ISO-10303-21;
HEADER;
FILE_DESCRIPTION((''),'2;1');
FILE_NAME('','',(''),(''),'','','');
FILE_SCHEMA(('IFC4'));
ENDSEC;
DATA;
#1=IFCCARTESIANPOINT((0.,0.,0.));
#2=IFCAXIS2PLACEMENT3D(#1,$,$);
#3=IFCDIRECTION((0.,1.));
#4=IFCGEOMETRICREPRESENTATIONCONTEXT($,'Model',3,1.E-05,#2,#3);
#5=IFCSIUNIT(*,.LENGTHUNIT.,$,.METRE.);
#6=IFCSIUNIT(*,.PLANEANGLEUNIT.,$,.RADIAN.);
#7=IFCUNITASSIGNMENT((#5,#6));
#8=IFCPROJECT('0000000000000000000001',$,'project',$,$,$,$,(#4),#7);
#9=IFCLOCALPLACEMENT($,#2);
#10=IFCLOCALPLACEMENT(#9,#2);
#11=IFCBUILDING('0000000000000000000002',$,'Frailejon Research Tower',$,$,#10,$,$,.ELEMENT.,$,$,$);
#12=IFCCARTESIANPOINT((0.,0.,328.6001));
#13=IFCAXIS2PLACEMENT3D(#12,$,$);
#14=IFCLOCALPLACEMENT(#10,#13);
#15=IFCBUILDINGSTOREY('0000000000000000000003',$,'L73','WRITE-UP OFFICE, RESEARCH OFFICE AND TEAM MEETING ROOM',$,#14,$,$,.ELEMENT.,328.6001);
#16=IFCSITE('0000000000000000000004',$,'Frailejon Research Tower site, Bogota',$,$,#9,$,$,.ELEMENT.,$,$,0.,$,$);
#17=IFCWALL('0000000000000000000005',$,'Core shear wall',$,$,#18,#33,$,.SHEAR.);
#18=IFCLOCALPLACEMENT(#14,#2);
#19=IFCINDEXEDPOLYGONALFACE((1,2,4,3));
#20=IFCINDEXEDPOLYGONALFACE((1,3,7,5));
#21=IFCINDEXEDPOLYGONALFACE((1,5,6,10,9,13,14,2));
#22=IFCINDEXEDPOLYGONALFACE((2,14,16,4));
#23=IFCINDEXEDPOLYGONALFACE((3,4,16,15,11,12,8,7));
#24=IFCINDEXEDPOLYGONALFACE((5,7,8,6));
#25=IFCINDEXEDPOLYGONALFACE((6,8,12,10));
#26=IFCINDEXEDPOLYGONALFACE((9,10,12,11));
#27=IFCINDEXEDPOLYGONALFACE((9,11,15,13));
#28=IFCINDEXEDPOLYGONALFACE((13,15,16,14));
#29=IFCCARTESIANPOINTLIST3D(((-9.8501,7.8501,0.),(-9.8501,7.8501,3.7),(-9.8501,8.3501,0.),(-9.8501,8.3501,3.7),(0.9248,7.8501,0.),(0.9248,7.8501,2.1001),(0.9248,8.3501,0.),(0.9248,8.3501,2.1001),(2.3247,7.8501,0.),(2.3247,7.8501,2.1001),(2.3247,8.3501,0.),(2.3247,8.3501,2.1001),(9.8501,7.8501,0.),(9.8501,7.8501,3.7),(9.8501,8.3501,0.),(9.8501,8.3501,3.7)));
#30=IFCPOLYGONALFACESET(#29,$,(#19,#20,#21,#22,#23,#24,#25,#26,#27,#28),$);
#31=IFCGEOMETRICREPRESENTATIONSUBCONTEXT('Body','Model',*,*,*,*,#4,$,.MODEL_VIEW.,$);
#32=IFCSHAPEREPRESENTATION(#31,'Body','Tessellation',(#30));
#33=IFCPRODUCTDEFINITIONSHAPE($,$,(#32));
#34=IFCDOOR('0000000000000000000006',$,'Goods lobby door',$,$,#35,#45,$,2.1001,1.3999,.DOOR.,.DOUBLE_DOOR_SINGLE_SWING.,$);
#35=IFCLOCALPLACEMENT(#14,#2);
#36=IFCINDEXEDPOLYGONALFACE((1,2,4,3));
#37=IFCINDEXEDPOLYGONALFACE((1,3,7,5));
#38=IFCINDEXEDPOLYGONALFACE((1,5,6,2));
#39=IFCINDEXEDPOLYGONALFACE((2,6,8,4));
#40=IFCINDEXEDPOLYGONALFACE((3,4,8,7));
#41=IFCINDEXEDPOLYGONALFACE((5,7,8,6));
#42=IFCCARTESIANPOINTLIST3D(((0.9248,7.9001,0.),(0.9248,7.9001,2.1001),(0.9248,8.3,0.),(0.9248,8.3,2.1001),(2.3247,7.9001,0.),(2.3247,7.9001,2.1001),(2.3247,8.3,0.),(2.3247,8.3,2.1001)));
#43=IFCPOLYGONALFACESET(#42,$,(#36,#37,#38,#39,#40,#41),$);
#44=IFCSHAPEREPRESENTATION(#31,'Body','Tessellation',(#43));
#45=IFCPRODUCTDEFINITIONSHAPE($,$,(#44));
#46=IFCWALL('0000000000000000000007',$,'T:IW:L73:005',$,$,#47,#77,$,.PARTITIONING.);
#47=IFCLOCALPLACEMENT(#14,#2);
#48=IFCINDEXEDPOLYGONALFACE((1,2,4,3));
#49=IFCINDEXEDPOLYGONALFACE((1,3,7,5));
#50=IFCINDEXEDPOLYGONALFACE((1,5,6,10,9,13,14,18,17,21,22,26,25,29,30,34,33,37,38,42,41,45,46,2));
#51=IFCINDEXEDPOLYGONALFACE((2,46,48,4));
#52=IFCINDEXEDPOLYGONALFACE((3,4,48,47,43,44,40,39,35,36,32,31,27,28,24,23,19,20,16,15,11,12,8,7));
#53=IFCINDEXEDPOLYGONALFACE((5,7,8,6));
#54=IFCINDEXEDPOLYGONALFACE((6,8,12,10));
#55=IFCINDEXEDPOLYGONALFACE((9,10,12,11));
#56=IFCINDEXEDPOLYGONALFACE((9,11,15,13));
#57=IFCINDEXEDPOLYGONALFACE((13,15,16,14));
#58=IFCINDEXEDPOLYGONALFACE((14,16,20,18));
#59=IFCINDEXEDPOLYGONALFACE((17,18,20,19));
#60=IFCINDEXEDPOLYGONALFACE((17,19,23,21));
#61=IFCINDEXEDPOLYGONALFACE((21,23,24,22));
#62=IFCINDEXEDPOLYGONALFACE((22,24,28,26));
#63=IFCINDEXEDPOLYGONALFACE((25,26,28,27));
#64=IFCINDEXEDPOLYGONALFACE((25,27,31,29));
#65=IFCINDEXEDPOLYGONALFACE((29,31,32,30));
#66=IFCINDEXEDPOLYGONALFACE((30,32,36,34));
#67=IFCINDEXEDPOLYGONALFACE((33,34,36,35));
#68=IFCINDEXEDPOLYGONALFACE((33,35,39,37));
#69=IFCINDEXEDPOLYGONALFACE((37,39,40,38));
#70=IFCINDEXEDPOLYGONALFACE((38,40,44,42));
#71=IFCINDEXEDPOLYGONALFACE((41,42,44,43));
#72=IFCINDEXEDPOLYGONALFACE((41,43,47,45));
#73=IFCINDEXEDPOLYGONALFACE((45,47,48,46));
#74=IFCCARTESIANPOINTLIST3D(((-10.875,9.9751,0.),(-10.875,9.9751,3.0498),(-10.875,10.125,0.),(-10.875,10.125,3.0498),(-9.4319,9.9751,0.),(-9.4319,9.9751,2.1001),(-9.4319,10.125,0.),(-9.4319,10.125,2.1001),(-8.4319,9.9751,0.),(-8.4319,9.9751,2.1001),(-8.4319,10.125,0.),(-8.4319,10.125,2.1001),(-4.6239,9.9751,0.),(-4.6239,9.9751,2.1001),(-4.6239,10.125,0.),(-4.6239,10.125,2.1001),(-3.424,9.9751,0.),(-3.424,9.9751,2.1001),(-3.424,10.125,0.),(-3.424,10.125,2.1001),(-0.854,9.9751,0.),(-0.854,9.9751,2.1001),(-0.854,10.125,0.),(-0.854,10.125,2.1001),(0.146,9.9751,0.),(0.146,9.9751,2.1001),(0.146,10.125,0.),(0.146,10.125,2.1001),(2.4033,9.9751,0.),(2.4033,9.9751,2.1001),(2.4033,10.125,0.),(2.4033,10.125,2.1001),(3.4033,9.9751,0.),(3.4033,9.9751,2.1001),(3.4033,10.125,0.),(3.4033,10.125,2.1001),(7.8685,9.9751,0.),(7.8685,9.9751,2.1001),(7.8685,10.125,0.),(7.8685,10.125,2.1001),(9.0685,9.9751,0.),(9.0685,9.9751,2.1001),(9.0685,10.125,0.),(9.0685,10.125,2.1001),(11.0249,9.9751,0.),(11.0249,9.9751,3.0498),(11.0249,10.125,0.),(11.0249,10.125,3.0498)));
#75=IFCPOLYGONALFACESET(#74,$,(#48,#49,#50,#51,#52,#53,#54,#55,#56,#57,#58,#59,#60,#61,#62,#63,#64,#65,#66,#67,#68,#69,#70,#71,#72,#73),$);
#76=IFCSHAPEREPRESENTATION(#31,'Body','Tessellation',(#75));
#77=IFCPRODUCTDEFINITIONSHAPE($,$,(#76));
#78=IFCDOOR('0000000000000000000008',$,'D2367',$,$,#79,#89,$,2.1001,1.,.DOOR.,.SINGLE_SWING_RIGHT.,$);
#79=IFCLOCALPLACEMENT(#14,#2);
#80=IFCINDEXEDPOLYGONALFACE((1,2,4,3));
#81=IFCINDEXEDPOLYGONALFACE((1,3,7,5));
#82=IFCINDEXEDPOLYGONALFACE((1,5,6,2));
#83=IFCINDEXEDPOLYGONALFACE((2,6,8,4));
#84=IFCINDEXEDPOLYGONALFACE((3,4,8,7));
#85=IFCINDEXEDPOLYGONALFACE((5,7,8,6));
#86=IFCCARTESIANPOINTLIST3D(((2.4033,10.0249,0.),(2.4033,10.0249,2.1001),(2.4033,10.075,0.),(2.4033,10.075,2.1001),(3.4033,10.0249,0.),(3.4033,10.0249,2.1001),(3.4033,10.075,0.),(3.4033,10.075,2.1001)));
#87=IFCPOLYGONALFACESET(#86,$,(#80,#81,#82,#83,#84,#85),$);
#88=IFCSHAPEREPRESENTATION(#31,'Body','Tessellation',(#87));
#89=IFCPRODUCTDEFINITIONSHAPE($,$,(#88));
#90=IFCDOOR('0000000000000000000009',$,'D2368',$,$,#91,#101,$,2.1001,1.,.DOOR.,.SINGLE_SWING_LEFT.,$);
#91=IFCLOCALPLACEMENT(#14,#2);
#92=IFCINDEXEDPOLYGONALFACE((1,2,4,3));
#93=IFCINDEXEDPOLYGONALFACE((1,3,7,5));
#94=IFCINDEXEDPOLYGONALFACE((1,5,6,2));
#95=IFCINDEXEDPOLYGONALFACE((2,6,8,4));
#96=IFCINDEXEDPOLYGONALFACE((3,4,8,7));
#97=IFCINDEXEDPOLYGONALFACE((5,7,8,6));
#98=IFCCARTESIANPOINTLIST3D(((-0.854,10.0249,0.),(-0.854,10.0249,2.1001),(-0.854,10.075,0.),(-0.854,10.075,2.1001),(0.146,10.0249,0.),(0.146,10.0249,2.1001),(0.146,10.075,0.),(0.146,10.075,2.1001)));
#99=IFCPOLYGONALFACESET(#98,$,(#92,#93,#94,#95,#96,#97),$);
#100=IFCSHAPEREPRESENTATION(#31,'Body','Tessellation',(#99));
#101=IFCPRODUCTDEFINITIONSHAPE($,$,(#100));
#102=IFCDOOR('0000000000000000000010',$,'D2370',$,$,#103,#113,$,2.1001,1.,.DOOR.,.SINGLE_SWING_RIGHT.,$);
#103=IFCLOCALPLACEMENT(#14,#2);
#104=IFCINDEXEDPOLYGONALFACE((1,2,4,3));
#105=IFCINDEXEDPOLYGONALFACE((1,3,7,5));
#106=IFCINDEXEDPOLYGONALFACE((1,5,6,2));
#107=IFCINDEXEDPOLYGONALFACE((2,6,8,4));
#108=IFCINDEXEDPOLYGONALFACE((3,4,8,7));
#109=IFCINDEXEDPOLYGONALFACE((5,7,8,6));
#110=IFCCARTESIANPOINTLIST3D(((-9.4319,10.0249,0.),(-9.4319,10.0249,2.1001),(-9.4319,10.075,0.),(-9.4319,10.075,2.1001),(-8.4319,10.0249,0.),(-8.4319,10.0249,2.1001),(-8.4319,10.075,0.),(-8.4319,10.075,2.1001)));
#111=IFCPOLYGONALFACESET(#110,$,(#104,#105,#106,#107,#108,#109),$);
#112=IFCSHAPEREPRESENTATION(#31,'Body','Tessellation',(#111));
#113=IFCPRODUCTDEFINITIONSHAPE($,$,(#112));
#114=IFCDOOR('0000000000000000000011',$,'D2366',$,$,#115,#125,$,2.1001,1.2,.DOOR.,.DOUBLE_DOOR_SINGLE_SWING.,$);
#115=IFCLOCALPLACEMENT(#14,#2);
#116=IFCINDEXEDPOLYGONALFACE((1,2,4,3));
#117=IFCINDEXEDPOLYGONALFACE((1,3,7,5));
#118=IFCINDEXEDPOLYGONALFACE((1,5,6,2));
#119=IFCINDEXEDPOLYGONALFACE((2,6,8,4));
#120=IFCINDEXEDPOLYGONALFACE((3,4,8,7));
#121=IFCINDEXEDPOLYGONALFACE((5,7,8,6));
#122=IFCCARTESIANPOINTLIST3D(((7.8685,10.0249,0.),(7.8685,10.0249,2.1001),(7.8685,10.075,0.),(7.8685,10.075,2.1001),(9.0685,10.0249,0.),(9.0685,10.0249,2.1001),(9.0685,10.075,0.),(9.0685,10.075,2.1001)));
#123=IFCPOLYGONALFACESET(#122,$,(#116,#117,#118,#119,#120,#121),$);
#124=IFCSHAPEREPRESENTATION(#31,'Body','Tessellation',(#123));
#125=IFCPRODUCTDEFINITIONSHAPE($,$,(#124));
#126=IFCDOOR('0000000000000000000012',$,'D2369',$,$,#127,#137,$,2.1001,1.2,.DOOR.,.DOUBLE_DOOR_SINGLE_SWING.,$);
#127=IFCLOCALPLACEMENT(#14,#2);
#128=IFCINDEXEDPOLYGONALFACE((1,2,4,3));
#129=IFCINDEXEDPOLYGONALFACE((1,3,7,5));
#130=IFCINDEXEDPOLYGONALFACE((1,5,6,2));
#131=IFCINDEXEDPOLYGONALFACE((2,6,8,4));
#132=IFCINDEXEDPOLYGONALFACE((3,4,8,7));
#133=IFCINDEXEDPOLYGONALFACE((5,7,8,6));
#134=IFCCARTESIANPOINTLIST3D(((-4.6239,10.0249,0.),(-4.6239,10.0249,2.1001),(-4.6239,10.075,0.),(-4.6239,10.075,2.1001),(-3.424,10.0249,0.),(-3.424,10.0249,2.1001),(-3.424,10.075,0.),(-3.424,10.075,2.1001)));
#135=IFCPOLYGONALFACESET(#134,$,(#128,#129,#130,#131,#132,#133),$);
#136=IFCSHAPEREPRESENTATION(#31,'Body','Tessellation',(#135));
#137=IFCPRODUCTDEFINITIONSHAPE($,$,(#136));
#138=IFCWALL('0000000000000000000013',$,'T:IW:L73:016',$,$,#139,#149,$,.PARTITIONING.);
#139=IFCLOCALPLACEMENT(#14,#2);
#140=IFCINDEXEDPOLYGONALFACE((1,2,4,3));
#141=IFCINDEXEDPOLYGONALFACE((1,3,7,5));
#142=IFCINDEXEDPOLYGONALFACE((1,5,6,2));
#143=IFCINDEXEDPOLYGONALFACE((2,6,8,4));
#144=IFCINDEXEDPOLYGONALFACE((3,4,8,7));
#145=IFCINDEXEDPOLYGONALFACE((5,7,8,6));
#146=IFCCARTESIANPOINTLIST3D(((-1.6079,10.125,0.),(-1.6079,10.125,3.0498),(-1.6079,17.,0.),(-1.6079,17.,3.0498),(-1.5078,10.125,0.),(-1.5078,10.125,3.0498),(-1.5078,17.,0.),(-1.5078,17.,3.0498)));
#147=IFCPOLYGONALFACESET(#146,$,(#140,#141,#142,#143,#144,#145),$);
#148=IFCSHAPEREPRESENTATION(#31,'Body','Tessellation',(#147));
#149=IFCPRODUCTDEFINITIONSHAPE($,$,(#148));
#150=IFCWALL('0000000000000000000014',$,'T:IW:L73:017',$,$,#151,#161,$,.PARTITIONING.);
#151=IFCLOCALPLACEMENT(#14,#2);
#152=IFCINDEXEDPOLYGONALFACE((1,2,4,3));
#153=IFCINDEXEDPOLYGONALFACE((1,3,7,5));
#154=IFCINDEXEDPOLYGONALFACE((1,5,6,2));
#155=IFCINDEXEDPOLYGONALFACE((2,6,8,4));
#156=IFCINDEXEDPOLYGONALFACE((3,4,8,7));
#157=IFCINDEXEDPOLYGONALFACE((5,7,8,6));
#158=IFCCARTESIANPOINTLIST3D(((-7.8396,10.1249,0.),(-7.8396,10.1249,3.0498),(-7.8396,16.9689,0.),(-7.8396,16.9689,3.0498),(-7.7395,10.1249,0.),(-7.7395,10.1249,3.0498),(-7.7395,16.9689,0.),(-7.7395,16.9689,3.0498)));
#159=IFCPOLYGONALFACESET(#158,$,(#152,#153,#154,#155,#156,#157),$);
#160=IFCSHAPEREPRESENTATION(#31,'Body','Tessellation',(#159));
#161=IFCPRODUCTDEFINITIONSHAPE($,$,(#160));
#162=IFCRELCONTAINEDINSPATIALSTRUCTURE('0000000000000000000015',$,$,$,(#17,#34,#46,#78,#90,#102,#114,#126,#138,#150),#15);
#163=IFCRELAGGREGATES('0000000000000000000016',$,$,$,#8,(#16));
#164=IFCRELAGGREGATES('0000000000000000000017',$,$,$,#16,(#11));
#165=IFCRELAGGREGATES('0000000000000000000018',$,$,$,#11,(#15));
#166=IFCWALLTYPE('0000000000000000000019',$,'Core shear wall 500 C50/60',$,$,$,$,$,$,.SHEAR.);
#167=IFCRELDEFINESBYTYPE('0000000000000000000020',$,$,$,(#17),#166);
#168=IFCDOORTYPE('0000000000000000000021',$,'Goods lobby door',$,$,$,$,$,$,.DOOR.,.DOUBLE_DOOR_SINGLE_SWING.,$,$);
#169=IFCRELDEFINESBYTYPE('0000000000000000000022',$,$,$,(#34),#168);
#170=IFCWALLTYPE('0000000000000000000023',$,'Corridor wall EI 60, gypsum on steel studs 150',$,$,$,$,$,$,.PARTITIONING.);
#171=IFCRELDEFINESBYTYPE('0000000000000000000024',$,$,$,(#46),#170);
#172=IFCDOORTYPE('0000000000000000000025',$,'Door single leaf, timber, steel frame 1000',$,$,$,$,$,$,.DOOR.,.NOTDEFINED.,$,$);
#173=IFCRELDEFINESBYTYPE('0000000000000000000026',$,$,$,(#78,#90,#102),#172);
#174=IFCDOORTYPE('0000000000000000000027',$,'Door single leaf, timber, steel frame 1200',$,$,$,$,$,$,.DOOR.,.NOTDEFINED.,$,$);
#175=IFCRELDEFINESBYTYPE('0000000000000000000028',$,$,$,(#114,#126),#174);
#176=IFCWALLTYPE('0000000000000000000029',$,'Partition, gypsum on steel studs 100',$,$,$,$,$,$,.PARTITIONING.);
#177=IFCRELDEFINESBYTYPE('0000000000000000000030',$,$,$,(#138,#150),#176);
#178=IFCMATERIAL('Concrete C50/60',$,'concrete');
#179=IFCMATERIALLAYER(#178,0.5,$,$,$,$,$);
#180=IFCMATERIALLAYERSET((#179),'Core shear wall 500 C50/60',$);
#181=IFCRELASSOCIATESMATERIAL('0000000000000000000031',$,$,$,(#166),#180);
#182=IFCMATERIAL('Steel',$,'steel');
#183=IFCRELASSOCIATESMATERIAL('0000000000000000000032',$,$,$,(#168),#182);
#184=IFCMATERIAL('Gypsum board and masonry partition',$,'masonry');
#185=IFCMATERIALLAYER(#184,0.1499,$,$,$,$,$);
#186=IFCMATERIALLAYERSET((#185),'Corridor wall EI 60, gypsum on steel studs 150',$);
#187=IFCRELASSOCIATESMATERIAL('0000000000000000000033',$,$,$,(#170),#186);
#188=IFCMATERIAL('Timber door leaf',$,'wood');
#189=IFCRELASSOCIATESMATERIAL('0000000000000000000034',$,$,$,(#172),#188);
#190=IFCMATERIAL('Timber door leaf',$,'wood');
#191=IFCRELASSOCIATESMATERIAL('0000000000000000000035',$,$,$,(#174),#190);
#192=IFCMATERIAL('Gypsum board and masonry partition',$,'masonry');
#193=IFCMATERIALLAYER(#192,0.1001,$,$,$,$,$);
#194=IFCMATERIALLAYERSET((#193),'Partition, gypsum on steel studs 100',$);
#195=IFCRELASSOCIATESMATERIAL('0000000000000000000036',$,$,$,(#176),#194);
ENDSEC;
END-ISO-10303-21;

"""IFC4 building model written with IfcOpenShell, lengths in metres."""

from ifc_helpers import new_model, si_unit, direction, frame, frame_2d, origin, place, context, subcontext, project, spatial, rectangle, extrude, material, layer, layer_set, type_object, element, fill, save


model = new_model("IFC4")

# Units and contexts
model_context = context("Model", 3, precision=1e-05, world=origin(), true_north=direction((0.0, 1.0)))
body_context = subcontext(model_context, "Body", "Model", "MODEL_VIEW")
ifc_project = project(units=[si_unit("LENGTHUNIT", "METRE"), si_unit("PLANEANGLEUNIT", "RADIAN")], contexts=[model_context])

# Site, building, storey
site_placement = place(None, origin())
site = spatial("IfcSite", under=ifc_project, at=site_placement, Name="Frailejon Research Tower site, Bogota", CompositionType="ELEMENT", RefElevation=0.0)
building_placement = place(site_placement, origin())
building = spatial("IfcBuilding", under=site, at=building_placement, Name="Frailejon Research Tower", CompositionType="ELEMENT")
storey_placement = place(building_placement, frame((0.0, 0.0, 328.6001)))
storey = spatial("IfcBuildingStorey", under=building, at=storey_placement, Name="L73", Description="WRITE-UP OFFICE, RESEARCH OFFICE AND TEAM MEETING ROOM", CompositionType="ELEMENT", Elevation=328.6001)

# Wall, opening, door
ifc_material_1 = material(Name="Concrete C50/60", Category="concrete")
ifc_layer_1 = layer(ifc_material_1, 0.5)
ifc_layer_set_1 = layer_set([ifc_layer_1], Name="Core shear wall 500 C50/60")
wall_type_1 = type_object("IfcWallType", Name="Core shear wall 500 C50/60", PredefinedType="SHEAR", material=ifc_layer_set_1)
wall_1_placement = place(storey_placement, frame((-9.8501, 8.1001, 0.0), z_axis=(0.0, 0.0, 1.0), x_axis=(1.0, 0.0, 0.0)))
wall_1 = element("IfcWall", 1, at=wall_1_placement, inside=storey, type_object=wall_type_1, Name="Core shear wall", PredefinedType="SHEAR", context=body_context, shape_type="SweptSolid", body=[
    extrude(rectangle(XDim=19.7002, YDim=0.5, at=frame_2d((9.8501, 0.0))), origin(), (0.0, 0.0, 1.0), 3.7),
])
opening_1_placement = place(wall_1_placement, frame((10.7749, 0.0, 0.0)))
opening_1 = element("IfcOpeningElement", 2, at=opening_1_placement, cuts=wall_1, PredefinedType="OPENING", context=body_context, shape_type="SweptSolid", body=[
    extrude(rectangle(XDim=1.3999, YDim=2.1001, at=frame_2d((0.7, 1.05))), frame((0.0, 0.26, 0.0), z_axis=(0.0, -1.0, 0.0), x_axis=(1.0, 0.0, 0.0)), (0.0, 0.0, 1.0), 0.52),
])
ifc_material_2 = material(Name="Steel", Category="steel")
door_type_1 = type_object("IfcDoorType", Name="Goods lobby door", OperationType="DOUBLE_DOOR_SINGLE_SWING", PredefinedType="DOOR", material=ifc_material_2)
door_1_placement = place(opening_1_placement, origin())
door_1 = element("IfcDoor", 3, at=door_1_placement, inside=storey, type_object=door_type_1, Name="Goods lobby door", OperationType="DOUBLE_DOOR_SINGLE_SWING", OverallHeight=2.1001, OverallWidth=1.3999, PredefinedType="DOOR", context=body_context, shape_type="SweptSolid", body=[
    extrude(rectangle(XDim=1.3999, YDim=2.1001, at=frame_2d((0.7, 1.05))), frame((0.0, 0.2, 0.0), z_axis=(0.0, -1.0, 0.0), x_axis=(1.0, 0.0, 0.0)), (0.0, 0.0, 1.0), 0.3999),
])
fill(opening_1, door_1)

# Wall, openings, doors
ifc_material_3 = material(Name="Gypsum board and masonry partition", Category="masonry")
ifc_layer_2 = layer(ifc_material_3, 0.1499)
ifc_layer_set_2 = layer_set([ifc_layer_2], Name="Corridor wall EI 60, gypsum on steel studs 150")
wall_type_2 = type_object("IfcWallType", Name="Corridor wall EI 60, gypsum on steel studs 150", PredefinedType="PARTITIONING", material=ifc_layer_set_2)
wall_2_placement = place(storey_placement, frame((-10.875, 10.05, 0.0), z_axis=(0.0, 0.0, 1.0), x_axis=(1.0, 0.0, 0.0)))
wall_2 = element("IfcWall", 4, at=wall_2_placement, inside=storey, type_object=wall_type_2, Name="T:IW:L73:005", PredefinedType="PARTITIONING", context=body_context, shape_type="SweptSolid", body=[
    extrude(rectangle(XDim=21.8999, YDim=0.1499, at=frame_2d((10.95, 0.0))), origin(), (0.0, 0.0, 1.0), 3.0498),
])
opening_2_placement = place(wall_2_placement, frame((18.7434, 0.0, 0.0)))
opening_2 = element("IfcOpeningElement", 5, at=opening_2_placement, cuts=wall_2, PredefinedType="OPENING", context=body_context, shape_type="SweptSolid", body=[
    extrude(rectangle(XDim=1.2, YDim=2.1001, at=frame_2d((0.6001, 1.05))), frame((0.0, 0.085, 0.0), z_axis=(0.0, -1.0, 0.0), x_axis=(1.0, 0.0, 0.0)), (0.0, 0.0, 1.0), 0.1699),
])
opening_3_placement = place(wall_2_placement, frame((13.2783, 0.0, 0.0)))
opening_3 = element("IfcOpeningElement", 6, at=opening_3_placement, cuts=wall_2, PredefinedType="OPENING", context=body_context, shape_type="SweptSolid", body=[
    extrude(rectangle(XDim=1.0, YDim=2.1001, at=frame_2d((0.5, 1.05))), frame((0.0, 0.085, 0.0), z_axis=(0.0, -1.0, 0.0), x_axis=(1.0, 0.0, 0.0)), (0.0, 0.0, 1.0), 0.1699),
])
opening_4_placement = place(wall_2_placement, frame((10.021, 0.0, 0.0)))
opening_4 = element("IfcOpeningElement", 7, at=opening_4_placement, cuts=wall_2, PredefinedType="OPENING", context=body_context, shape_type="SweptSolid", body=[
    extrude(rectangle(XDim=1.0, YDim=2.1001, at=frame_2d((0.5, 1.05))), frame((0.0, 0.085, 0.0), z_axis=(0.0, -1.0, 0.0), x_axis=(1.0, 0.0, 0.0)), (0.0, 0.0, 1.0), 0.1699),
])
opening_5_placement = place(wall_2_placement, frame((6.251, 0.0, 0.0)))
opening_5 = element("IfcOpeningElement", 8, at=opening_5_placement, cuts=wall_2, PredefinedType="OPENING", context=body_context, shape_type="SweptSolid", body=[
    extrude(rectangle(XDim=1.2, YDim=2.1001, at=frame_2d((0.6001, 1.05))), frame((0.0, 0.085, 0.0), z_axis=(0.0, -1.0, 0.0), x_axis=(1.0, 0.0, 0.0)), (0.0, 0.0, 1.0), 0.1699),
])
opening_6_placement = place(wall_2_placement, frame((1.4431, 0.0, 0.0)))
opening_6 = element("IfcOpeningElement", 9, at=opening_6_placement, cuts=wall_2, PredefinedType="OPENING", context=body_context, shape_type="SweptSolid", body=[
    extrude(rectangle(XDim=1.0, YDim=2.1001, at=frame_2d((0.5, 1.05))), frame((0.0, 0.085, 0.0), z_axis=(0.0, -1.0, 0.0), x_axis=(1.0, 0.0, 0.0)), (0.0, 0.0, 1.0), 0.1699),
])
ifc_material_4 = material(Name="Timber door leaf", Category="wood")
door_type_2 = type_object("IfcDoorType", Name="Door single leaf, timber, steel frame 1000", OperationType="NOTDEFINED", PredefinedType="DOOR", material=ifc_material_4)
door_2_placement = place(opening_3_placement, origin())
door_2 = element("IfcDoor", 10, at=door_2_placement, inside=storey, type_object=door_type_2, Name="D2367", OperationType="SINGLE_SWING_RIGHT", OverallHeight=2.1001, OverallWidth=1.0, PredefinedType="DOOR", context=body_context, shape_type="SweptSolid", body=[
    extrude(rectangle(XDim=1.0, YDim=2.1001, at=frame_2d((0.5, 1.05))), frame((0.0, 0.0249, 0.0), z_axis=(0.0, -1.0, 0.0), x_axis=(1.0, 0.0, 0.0)), (0.0, 0.0, 1.0), 0.05),
])
fill(opening_3, door_2)
door_3_placement = place(opening_4_placement, origin())
door_3 = element("IfcDoor", 11, at=door_3_placement, inside=storey, type_object=door_type_2, Name="D2368", OperationType="SINGLE_SWING_LEFT", OverallHeight=2.1001, OverallWidth=1.0, PredefinedType="DOOR", context=body_context, shape_type="SweptSolid", body=[
    extrude(rectangle(XDim=1.0, YDim=2.1001, at=frame_2d((0.5, 1.05))), frame((0.0, 0.0249, 0.0), z_axis=(0.0, -1.0, 0.0), x_axis=(1.0, 0.0, 0.0)), (0.0, 0.0, 1.0), 0.05),
])
fill(opening_4, door_3)
door_4_placement = place(opening_6_placement, origin())
door_4 = element("IfcDoor", 12, at=door_4_placement, inside=storey, type_object=door_type_2, Name="D2370", OperationType="SINGLE_SWING_RIGHT", OverallHeight=2.1001, OverallWidth=1.0, PredefinedType="DOOR", context=body_context, shape_type="SweptSolid", body=[
    extrude(rectangle(XDim=1.0, YDim=2.1001, at=frame_2d((0.5, 1.05))), frame((0.0, 0.0249, 0.0), z_axis=(0.0, -1.0, 0.0), x_axis=(1.0, 0.0, 0.0)), (0.0, 0.0, 1.0), 0.05),
])
fill(opening_6, door_4)
ifc_material_5 = material(Name="Timber door leaf", Category="wood")
door_type_3 = type_object("IfcDoorType", Name="Door single leaf, timber, steel frame 1200", OperationType="NOTDEFINED", PredefinedType="DOOR", material=ifc_material_5)
door_5_placement = place(opening_2_placement, origin())
door_5 = element("IfcDoor", 13, at=door_5_placement, inside=storey, type_object=door_type_3, Name="D2366", OperationType="DOUBLE_DOOR_SINGLE_SWING", OverallHeight=2.1001, OverallWidth=1.2, PredefinedType="DOOR", context=body_context, shape_type="SweptSolid", body=[
    extrude(rectangle(XDim=1.2, YDim=2.1001, at=frame_2d((0.6001, 1.05))), frame((0.0, 0.0249, 0.0), z_axis=(0.0, -1.0, 0.0), x_axis=(1.0, 0.0, 0.0)), (0.0, 0.0, 1.0), 0.05),
])
fill(opening_2, door_5)
door_6_placement = place(opening_5_placement, origin())
door_6 = element("IfcDoor", 14, at=door_6_placement, inside=storey, type_object=door_type_3, Name="D2369", OperationType="DOUBLE_DOOR_SINGLE_SWING", OverallHeight=2.1001, OverallWidth=1.2, PredefinedType="DOOR", context=body_context, shape_type="SweptSolid", body=[
    extrude(rectangle(XDim=1.2, YDim=2.1001, at=frame_2d((0.6001, 1.05))), frame((0.0, 0.0249, 0.0), z_axis=(0.0, -1.0, 0.0), x_axis=(1.0, 0.0, 0.0)), (0.0, 0.0, 1.0), 0.05),
])
fill(opening_5, door_6)

# Walls
ifc_material_6 = material(Name="Gypsum board and masonry partition", Category="masonry")
ifc_layer_3 = layer(ifc_material_6, 0.1001)
ifc_layer_set_3 = layer_set([ifc_layer_3], Name="Partition, gypsum on steel studs 100")
wall_type_3 = type_object("IfcWallType", Name="Partition, gypsum on steel studs 100", PredefinedType="PARTITIONING", material=ifc_layer_set_3)
wall_3_placement = place(storey_placement, frame((-1.5579, 10.125, 0.0), z_axis=(0.0, 0.0, 1.0), x_axis=(0.0, 1.0, 0.0)))
element("IfcWall", 15, at=wall_3_placement, inside=storey, type_object=wall_type_3, Name="T:IW:L73:016", PredefinedType="PARTITIONING", context=body_context, shape_type="SweptSolid", body=[
    extrude(rectangle(XDim=6.875, YDim=0.1001, at=frame_2d((3.4375, 0.0))), origin(), (0.0, 0.0, 1.0), 3.0498),
])
wall_4_placement = place(storey_placement, frame((-7.7896, 10.125, 0.0), z_axis=(0.0, 0.0, 1.0), x_axis=(0.0, 1.0, 0.0)))
element("IfcWall", 16, at=wall_4_placement, inside=storey, type_object=wall_type_3, Name="T:IW:L73:017", PredefinedType="PARTITIONING", context=body_context, shape_type="SweptSolid", body=[
    extrude(rectangle(XDim=6.844, YDim=0.1001, at=frame_2d((3.4219, 0.0))), origin(), (0.0, 0.0, 1.0), 3.0498),
])

save(model, "model.ifc")
